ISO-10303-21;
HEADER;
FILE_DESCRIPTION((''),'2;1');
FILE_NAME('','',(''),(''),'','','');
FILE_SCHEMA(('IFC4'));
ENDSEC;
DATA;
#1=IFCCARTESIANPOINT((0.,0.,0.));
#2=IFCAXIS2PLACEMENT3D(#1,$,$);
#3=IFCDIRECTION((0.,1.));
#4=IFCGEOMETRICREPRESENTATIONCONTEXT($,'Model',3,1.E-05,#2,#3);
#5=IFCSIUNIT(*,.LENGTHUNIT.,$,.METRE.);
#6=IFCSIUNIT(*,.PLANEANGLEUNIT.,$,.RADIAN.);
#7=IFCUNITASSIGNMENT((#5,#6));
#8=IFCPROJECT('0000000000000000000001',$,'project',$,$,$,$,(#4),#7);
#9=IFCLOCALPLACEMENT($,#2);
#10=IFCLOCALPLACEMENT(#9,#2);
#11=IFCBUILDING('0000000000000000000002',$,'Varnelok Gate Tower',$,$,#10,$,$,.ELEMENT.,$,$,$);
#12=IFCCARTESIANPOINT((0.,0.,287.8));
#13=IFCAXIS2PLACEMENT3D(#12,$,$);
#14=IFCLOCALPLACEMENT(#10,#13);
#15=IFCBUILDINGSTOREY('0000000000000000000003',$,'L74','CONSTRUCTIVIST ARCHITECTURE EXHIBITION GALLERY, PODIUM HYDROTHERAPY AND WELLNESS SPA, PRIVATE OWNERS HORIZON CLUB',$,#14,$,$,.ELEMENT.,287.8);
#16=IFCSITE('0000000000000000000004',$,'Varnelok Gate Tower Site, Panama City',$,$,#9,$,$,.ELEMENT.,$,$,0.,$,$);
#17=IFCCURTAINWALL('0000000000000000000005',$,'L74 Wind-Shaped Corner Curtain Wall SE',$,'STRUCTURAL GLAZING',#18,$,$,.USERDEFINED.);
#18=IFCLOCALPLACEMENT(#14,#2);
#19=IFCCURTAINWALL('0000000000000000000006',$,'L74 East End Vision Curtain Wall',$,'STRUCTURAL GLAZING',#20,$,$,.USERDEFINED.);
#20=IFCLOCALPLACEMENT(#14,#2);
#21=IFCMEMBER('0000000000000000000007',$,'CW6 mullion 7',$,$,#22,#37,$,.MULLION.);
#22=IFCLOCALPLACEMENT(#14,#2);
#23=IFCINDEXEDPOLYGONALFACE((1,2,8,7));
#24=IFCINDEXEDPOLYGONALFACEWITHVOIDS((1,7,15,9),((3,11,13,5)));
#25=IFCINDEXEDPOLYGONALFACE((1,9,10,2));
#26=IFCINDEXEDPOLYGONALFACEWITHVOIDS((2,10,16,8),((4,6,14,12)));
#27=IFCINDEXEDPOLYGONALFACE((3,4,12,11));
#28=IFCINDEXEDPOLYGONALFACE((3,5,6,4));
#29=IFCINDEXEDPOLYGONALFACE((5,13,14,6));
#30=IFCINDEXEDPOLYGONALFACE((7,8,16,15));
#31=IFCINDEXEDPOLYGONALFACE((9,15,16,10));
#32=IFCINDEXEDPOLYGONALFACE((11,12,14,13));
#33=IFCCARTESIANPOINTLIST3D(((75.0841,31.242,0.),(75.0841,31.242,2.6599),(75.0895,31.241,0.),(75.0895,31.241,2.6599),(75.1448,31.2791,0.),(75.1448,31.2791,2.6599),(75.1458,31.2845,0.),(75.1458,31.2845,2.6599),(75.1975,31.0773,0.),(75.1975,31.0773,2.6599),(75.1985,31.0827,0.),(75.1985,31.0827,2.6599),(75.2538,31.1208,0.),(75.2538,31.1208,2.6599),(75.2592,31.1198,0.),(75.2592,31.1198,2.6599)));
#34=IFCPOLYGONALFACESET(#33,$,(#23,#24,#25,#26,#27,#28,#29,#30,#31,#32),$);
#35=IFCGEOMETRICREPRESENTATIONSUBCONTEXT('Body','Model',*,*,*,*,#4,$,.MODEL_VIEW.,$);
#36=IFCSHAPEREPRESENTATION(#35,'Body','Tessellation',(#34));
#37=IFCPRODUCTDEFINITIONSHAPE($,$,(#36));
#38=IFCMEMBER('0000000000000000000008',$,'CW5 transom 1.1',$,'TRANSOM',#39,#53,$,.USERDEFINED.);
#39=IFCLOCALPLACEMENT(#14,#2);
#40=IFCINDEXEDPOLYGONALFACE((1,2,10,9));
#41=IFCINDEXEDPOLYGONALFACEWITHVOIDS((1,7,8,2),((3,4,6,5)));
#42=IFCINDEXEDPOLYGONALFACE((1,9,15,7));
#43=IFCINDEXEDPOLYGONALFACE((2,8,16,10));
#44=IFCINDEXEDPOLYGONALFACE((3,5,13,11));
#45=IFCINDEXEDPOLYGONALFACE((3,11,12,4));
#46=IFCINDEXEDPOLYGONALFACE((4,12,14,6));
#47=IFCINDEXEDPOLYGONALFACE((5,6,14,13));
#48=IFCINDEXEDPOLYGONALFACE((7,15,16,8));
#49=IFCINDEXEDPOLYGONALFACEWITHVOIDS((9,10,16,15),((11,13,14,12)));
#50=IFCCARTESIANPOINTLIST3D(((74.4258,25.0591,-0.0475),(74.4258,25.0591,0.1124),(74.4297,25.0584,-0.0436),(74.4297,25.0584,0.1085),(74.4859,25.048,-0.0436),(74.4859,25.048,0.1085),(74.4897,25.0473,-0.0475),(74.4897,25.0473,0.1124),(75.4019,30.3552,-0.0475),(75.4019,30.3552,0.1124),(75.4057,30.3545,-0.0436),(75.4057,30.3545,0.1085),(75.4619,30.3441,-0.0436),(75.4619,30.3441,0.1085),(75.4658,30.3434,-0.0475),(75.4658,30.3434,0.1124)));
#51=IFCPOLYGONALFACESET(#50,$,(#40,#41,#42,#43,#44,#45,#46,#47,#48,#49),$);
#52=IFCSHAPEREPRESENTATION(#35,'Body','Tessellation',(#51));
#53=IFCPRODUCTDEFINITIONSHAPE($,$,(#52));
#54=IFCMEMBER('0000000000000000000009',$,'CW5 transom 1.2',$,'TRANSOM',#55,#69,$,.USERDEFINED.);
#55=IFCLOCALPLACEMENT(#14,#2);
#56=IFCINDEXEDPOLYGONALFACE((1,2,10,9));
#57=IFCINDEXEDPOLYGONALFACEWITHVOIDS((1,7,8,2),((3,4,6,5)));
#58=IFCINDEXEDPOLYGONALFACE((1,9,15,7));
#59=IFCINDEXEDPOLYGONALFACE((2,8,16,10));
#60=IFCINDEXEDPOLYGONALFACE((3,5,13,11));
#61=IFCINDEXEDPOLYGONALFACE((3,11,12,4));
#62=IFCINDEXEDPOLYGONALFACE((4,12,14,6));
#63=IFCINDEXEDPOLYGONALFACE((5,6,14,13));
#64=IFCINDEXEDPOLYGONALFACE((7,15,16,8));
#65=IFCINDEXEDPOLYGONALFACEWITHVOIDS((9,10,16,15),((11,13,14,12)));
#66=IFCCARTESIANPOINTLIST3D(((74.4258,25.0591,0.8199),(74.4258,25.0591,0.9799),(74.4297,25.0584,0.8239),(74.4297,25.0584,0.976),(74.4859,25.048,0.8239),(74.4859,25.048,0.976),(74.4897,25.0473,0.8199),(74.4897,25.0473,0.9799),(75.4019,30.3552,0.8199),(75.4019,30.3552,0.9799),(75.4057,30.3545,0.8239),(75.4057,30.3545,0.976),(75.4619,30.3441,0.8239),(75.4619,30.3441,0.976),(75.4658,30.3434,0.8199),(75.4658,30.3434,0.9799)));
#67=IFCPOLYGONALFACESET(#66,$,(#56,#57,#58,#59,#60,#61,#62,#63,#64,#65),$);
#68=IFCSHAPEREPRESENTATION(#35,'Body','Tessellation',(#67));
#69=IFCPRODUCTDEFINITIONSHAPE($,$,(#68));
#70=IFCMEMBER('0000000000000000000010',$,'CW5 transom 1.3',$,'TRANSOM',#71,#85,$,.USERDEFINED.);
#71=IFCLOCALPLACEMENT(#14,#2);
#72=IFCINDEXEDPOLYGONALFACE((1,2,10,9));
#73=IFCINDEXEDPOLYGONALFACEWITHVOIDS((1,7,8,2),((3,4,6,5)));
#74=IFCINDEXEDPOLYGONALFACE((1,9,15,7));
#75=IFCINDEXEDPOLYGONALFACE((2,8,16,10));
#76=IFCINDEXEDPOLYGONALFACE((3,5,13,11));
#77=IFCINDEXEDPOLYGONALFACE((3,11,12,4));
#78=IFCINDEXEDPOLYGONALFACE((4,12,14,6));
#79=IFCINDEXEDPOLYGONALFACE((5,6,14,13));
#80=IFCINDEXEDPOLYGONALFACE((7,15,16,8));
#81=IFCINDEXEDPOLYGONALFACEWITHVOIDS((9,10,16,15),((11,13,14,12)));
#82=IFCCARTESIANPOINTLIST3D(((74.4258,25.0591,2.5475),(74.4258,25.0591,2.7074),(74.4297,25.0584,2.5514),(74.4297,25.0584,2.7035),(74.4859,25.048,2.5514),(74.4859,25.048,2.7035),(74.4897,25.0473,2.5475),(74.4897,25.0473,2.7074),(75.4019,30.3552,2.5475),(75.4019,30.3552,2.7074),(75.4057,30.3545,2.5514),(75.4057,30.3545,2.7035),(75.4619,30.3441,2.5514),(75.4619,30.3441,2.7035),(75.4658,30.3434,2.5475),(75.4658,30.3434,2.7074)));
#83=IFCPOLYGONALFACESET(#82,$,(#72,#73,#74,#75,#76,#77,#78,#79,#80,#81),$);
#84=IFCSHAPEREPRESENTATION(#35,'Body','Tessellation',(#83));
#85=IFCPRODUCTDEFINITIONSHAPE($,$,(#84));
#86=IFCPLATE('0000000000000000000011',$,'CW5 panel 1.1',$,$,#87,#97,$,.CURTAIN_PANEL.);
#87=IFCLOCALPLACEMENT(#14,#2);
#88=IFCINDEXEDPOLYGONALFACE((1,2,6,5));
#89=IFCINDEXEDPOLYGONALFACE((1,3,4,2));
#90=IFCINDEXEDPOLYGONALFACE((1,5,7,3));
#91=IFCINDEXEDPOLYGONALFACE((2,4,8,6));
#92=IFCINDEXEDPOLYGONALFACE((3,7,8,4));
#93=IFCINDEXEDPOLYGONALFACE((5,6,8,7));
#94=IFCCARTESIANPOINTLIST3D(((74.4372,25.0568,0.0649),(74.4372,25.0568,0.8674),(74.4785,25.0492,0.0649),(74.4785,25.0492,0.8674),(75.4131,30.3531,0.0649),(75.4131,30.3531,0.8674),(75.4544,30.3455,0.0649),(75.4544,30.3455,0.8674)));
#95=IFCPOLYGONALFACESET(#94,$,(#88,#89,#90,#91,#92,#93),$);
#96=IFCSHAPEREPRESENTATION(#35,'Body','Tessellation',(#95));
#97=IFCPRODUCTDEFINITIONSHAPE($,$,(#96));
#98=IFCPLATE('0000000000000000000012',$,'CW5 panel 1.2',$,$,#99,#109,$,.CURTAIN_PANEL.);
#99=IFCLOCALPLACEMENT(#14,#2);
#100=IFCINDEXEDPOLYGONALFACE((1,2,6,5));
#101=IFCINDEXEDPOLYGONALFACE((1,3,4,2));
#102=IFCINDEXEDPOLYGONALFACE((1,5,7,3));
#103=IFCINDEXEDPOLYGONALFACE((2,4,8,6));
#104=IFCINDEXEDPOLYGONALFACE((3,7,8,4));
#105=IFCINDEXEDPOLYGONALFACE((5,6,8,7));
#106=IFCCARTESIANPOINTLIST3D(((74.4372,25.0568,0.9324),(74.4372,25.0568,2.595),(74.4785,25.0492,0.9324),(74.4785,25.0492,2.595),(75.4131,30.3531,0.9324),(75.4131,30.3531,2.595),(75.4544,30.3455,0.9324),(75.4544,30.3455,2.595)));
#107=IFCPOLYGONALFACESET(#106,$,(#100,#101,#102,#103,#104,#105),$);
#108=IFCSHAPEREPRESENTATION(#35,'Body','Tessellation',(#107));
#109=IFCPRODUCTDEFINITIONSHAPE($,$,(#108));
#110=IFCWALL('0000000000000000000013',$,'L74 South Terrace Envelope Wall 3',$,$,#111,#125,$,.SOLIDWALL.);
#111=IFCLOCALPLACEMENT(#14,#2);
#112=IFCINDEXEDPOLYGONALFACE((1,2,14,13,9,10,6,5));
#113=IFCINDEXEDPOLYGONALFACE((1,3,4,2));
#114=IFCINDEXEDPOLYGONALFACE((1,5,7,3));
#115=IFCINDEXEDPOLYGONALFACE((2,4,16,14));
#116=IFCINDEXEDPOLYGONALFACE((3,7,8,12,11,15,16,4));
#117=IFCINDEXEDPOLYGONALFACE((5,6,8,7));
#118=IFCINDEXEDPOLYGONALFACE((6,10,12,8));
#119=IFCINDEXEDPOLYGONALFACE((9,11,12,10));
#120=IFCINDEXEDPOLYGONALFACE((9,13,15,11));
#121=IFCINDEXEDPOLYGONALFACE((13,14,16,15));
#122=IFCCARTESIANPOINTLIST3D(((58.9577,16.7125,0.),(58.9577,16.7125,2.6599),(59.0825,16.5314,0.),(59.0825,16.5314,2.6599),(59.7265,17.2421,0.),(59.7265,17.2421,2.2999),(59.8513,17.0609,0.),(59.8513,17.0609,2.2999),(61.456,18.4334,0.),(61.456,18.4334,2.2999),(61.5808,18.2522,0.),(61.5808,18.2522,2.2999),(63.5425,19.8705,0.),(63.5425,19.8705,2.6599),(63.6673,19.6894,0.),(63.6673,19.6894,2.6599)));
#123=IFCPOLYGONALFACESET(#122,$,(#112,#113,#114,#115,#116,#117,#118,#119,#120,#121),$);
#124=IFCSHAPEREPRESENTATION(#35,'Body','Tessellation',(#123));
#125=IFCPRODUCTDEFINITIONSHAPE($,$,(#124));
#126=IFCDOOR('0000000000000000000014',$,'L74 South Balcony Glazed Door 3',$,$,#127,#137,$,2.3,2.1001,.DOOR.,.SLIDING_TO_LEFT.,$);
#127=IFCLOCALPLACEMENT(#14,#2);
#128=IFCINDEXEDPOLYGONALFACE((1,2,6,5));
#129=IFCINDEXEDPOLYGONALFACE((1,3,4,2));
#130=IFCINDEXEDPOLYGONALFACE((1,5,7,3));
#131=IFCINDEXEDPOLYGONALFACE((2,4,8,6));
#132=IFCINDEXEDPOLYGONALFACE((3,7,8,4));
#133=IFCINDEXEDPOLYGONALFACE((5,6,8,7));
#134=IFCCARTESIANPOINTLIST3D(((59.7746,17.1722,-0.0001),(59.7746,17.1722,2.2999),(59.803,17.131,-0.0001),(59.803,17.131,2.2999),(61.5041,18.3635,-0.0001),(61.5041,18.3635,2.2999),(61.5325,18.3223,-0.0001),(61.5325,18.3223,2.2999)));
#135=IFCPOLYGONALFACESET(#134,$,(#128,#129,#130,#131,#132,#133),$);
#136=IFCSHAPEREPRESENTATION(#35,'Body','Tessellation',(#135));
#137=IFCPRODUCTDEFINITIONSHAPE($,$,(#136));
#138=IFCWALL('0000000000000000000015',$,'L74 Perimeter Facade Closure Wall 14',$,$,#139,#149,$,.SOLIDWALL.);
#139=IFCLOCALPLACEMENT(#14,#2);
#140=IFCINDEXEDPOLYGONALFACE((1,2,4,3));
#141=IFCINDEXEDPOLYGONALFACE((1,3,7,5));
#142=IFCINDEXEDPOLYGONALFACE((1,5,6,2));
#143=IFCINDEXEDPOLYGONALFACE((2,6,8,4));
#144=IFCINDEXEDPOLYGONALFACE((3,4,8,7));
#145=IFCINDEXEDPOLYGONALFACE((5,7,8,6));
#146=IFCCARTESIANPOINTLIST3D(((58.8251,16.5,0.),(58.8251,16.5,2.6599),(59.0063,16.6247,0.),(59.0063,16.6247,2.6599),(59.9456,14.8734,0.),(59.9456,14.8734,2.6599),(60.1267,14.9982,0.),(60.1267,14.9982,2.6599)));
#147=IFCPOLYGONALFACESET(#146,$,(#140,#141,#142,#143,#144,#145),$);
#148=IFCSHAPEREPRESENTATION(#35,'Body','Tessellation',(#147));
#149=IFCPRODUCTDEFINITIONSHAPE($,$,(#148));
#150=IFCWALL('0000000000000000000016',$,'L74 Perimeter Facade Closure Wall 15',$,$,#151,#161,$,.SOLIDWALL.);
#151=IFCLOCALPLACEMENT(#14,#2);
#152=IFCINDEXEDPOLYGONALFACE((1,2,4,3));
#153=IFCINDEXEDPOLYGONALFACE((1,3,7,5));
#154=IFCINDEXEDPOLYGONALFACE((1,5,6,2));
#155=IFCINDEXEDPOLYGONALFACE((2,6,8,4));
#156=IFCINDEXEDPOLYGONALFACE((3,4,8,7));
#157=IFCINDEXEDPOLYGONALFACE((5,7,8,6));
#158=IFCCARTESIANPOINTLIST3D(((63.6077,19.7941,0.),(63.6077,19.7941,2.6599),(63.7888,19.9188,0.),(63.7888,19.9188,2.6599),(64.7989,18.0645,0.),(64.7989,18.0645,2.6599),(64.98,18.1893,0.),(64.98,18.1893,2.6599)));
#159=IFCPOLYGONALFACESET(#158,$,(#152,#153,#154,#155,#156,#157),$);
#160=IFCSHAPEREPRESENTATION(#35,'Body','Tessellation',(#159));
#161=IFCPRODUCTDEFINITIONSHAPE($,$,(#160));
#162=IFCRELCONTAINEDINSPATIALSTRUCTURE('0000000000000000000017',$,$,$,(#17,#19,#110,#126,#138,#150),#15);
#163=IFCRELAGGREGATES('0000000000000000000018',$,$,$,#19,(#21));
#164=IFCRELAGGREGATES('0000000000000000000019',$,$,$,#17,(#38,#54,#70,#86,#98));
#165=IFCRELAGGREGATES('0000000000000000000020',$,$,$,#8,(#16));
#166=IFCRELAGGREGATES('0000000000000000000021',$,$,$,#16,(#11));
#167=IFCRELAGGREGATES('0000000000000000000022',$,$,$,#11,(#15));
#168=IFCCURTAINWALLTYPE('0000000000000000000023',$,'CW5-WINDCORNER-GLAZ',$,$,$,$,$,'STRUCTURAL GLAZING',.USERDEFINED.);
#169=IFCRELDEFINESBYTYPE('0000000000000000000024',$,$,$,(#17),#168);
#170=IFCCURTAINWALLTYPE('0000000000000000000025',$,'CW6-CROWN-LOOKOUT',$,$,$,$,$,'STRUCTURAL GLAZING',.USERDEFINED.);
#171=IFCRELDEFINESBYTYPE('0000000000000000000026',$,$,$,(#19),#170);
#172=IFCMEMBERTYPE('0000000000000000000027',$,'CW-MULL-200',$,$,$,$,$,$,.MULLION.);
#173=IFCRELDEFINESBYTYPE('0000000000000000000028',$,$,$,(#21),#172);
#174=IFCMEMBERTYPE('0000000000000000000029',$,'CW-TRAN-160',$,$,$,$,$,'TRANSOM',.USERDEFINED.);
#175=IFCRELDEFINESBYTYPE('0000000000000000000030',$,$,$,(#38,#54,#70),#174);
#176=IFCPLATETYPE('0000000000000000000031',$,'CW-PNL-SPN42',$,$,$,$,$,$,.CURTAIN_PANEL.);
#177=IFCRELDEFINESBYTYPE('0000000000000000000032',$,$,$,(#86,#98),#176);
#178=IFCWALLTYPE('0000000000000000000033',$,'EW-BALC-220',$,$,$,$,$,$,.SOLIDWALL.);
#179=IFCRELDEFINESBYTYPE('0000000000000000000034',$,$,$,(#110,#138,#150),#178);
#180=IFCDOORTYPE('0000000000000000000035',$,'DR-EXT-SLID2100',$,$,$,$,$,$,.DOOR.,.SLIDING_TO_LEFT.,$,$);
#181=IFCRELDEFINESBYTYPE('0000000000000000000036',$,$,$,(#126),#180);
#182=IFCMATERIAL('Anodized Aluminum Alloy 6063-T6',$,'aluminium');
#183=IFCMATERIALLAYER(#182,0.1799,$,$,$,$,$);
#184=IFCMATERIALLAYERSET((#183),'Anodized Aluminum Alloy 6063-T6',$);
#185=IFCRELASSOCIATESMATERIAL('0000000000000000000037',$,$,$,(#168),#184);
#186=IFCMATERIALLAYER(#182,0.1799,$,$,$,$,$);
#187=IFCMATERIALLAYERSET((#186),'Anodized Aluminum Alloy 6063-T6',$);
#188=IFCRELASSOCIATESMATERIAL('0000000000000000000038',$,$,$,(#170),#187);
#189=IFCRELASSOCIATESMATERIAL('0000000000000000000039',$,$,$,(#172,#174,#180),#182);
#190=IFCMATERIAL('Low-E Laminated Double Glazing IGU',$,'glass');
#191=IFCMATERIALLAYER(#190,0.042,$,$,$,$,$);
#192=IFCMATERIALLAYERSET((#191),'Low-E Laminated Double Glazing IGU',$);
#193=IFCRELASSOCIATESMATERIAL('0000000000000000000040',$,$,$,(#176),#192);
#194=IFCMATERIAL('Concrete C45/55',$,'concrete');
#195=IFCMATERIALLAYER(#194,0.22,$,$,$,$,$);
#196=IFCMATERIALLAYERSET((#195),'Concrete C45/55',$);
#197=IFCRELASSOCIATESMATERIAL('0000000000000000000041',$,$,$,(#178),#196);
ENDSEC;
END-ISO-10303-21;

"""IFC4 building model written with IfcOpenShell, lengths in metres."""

from ifc_helpers import new_model, si_unit, direction, frame, frame_2d, origin, origin_2d, place, context, subcontext, project, spatial, rectangle, hollow_rectangle, extrude, source, transform, mapped, material, layer, layer_set, material_profile, profile_set, type_object, element, fill, aggregate, save


model = new_model("IFC4")

# Units and contexts
model_context = context("Model", 3, precision=1e-05, world=origin(), true_north=direction((0.0, 1.0)))
body_context = subcontext(model_context, "Body", "Model", "MODEL_VIEW")
ifc_project = project(units=[si_unit("LENGTHUNIT", "METRE"), si_unit("PLANEANGLEUNIT", "RADIAN")], contexts=[model_context])

# Site, building, storey
site_placement = place(None, origin())
site = spatial("IfcSite", under=ifc_project, at=site_placement, Name="Varnelok Gate Tower Site, Panama City", CompositionType="ELEMENT", RefElevation=0.0)
building_placement = place(site_placement, origin())
building = spatial("IfcBuilding", under=site, at=building_placement, Name="Varnelok Gate Tower", CompositionType="ELEMENT")
storey_placement = place(building_placement, frame((0.0, 0.0, 287.8)))
storey = spatial("IfcBuildingStorey", under=building, at=storey_placement, Name="L74", Description="CONSTRUCTIVIST ARCHITECTURE EXHIBITION GALLERY, PODIUM HYDROTHERAPY AND WELLNESS SPA, PRIVATE OWNERS HORIZON CLUB", CompositionType="ELEMENT", Elevation=287.8)

# Curtain wall
ifc_material_1 = material(Name="Anodized Aluminum Alloy 6063-T6", Category="aluminium")
ifc_layer_1 = layer(ifc_material_1, 0.1799)
ifc_layer_set_1 = layer_set([ifc_layer_1], Name="Anodized Aluminum Alloy 6063-T6")
curtain_wall_type_1 = type_object("IfcCurtainWallType", Name="CW5-WINDCORNER-GLAZ", ElementType="STRUCTURAL GLAZING", PredefinedType="USERDEFINED", material=ifc_layer_set_1)
curtain_wall_1_placement = place(storey_placement, origin())
curtain_wall_1 = element("IfcCurtainWall", 1, at=curtain_wall_1_placement, inside=storey, type_object=curtain_wall_type_1, Name="L74 Wind-Shaped Corner Curtain Wall SE", ObjectType="STRUCTURAL GLAZING", PredefinedType="USERDEFINED")

# Curtain wall, member
ifc_layer_2 = layer(ifc_material_1, 0.1799)
ifc_layer_set_2 = layer_set([ifc_layer_2], Name="Anodized Aluminum Alloy 6063-T6")
curtain_wall_type_2 = type_object("IfcCurtainWallType", Name="CW6-CROWN-LOOKOUT", ElementType="STRUCTURAL GLAZING", PredefinedType="USERDEFINED", material=ifc_layer_set_2)
curtain_wall_2_placement = place(storey_placement, origin())
curtain_wall_2 = element("IfcCurtainWall", 2, at=curtain_wall_2_placement, inside=storey, type_object=curtain_wall_type_2, Name="L74 East End Vision Curtain Wall", ObjectType="STRUCTURAL GLAZING", PredefinedType="USERDEFINED")
ifc_material_profile_1 = material_profile(ifc_material_1, hollow_rectangle(XDim=0.075, YDim=0.2, WallThickness=0.0039, at=origin_2d()), Name="ALU200X75X4")
ifc_profile_set_1 = profile_set([ifc_material_profile_1], Name="Anodized Aluminum Alloy 6063-T6")
member_type_1 = type_object("IfcMemberType", Name="CW-MULL-200", PredefinedType="MULLION", material=ifc_profile_set_1)
member_1_placement = place(storey_placement, frame((75.1716, 31.1809, 0.0), z_axis=(0.0, 0.0, 1.0), x_axis=(0.823532, 0.567269, 0.0)))
member_1 = element("IfcMember", 3, at=member_1_placement, type_object=member_type_1, Name="CW6 mullion 7", PredefinedType="MULLION", context=body_context, shape_type="SweptSolid", body=[
    extrude(hollow_rectangle(XDim=0.075, YDim=0.2, WallThickness=0.0039, at=origin_2d()), origin(), (0.0, 0.0, 1.0), 2.6599),
])
aggregate(curtain_wall_2, [member_1])

# Members
ifc_material_profile_2 = material_profile(ifc_material_1, hollow_rectangle(XDim=0.0649, YDim=0.1599, WallThickness=0.0039, at=origin_2d()), Name="ALU160X65X4")
ifc_profile_set_2 = profile_set([ifc_material_profile_2], Name="Anodized Aluminum Alloy 6063-T6")
member_type_2 = type_object("IfcMemberType", Name="CW-TRAN-160", ElementType="TRANSOM", PredefinedType="USERDEFINED", material=ifc_profile_set_2)
member_2_placement = place(storey_placement, frame((74.4578, 25.0532, 0.0325), z_axis=(0.181247, 0.983438, 0.0), x_axis=(-0.983438, 0.181247, 0.0)))
member_2 = element("IfcMember", 4, at=member_2_placement, type_object=member_type_2, Name="CW5 transom 1.1", ObjectType="TRANSOM", PredefinedType="USERDEFINED", context=body_context, shape_type="SweptSolid", body=[
    extrude(hollow_rectangle(XDim=0.0649, YDim=0.1599, WallThickness=0.0039, at=origin_2d()), origin(), (0.0, 0.0, 1.0), 5.3853),
])
member_3_placement = place(storey_placement, frame((74.4578, 25.0532, 0.8999), z_axis=(0.181247, 0.983438, 0.0), x_axis=(-0.983438, 0.181247, 0.0)))
member_3 = element("IfcMember", 5, at=member_3_placement, type_object=member_type_2, Name="CW5 transom 1.2", ObjectType="TRANSOM", PredefinedType="USERDEFINED", context=body_context, shape_type="SweptSolid", body=[
    extrude(hollow_rectangle(XDim=0.0649, YDim=0.1599, WallThickness=0.0039, at=origin_2d()), origin(), (0.0, 0.0, 1.0), 5.3853),
])
member_4_placement = place(storey_placement, frame((74.4578, 25.0532, 2.6274), z_axis=(0.181247, 0.983438, 0.0), x_axis=(-0.983438, 0.181247, 0.0)))
member_4 = element("IfcMember", 6, at=member_4_placement, type_object=member_type_2, Name="CW5 transom 1.3", ObjectType="TRANSOM", PredefinedType="USERDEFINED", context=body_context, shape_type="SweptSolid", body=[
    extrude(hollow_rectangle(XDim=0.0649, YDim=0.1599, WallThickness=0.0039, at=origin_2d()), origin(), (0.0, 0.0, 1.0), 5.3853),
])

# Plates
ifc_material_2 = material(Name="Low-E Laminated Double Glazing IGU", Category="glass")
ifc_layer_3 = layer(ifc_material_2, 0.042)
ifc_layer_set_3 = layer_set([ifc_layer_3], Name="Low-E Laminated Double Glazing IGU")
plate_type = type_object("IfcPlateType", Name="CW-PNL-SPN42", PredefinedType="CURTAIN_PANEL", material=ifc_layer_set_3)
shared_shape_1 = source(origin(), body_context, "Body", "SweptSolid", [
    extrude(rectangle(XDim=5.3855, YDim=0.042, at=origin_2d()), origin(), (0.0, 0.0, 1.0), 0.8025),
])
plate_1_placement = place(storey_placement, frame((74.9458, 27.7012, 0.0649), z_axis=(0.0, 0.0, 1.0), x_axis=(0.181202, 0.983446, 0.0)))
plate_1 = element("IfcPlate", 7, at=plate_1_placement, type_object=plate_type, Name="CW5 panel 1.1", PredefinedType="CURTAIN_PANEL", context=body_context, shape_type="MappedRepresentation", body=[
    mapped(shared_shape_1, transform((0.0, 0.0, 0.0), scale=1.0)),
])
shared_shape_2 = source(origin(), body_context, "Body", "SweptSolid", [
    extrude(rectangle(XDim=5.3855, YDim=0.042, at=origin_2d()), origin(), (0.0, 0.0, 1.0), 1.6626),
])
plate_2_placement = place(storey_placement, frame((74.9458, 27.7012, 0.9324), z_axis=(0.0, 0.0, 1.0), x_axis=(0.181202, 0.983446, 0.0)))
plate_2 = element("IfcPlate", 8, at=plate_2_placement, type_object=plate_type, Name="CW5 panel 1.2", PredefinedType="CURTAIN_PANEL", context=body_context, shape_type="MappedRepresentation", body=[
    mapped(shared_shape_2, transform((0.0, 0.0, 0.0), scale=1.0)),
])
aggregate(curtain_wall_1, [member_2, member_3, member_4, plate_1, plate_2])

# Wall, opening, door
ifc_material_3 = material(Name="Concrete C45/55", Category="concrete")
ifc_layer_4 = layer(ifc_material_3, 0.22)
ifc_layer_set_4 = layer_set([ifc_layer_4], Name="Concrete C45/55")
wall_type = type_object("IfcWallType", Name="EW-BALC-220", PredefinedType="SOLIDWALL", material=ifc_layer_set_4)
wall_1_placement = place(storey_placement, frame((63.605, 19.78, 0.0), z_axis=(0.0, 0.0, 1.0), x_axis=(-0.823541, -0.567256, 0.0)))
wall_1 = element("IfcWall", 9, at=wall_1_placement, inside=storey, type_object=wall_type, Name="L74 South Terrace Envelope Wall 3", PredefinedType="SOLIDWALL", context=body_context, shape_type="SweptSolid", body=[
    extrude(rectangle(XDim=5.5671, YDim=0.22, at=frame_2d((2.7837, 0.0))), origin(), (0.0, 0.0, 1.0), 2.6599),
])
opening_1_placement = place(wall_1_placement, frame((2.5337, 0.0, 0.0)))
opening_1 = element("IfcOpeningElement", 10, at=opening_1_placement, cuts=wall_1, PredefinedType="OPENING", context=body_context, shape_type="SweptSolid", body=[
    extrude(rectangle(XDim=2.1001, YDim=2.3, at=frame_2d((1.05, 1.1499))), frame((0.0, 0.1199, 0.0), z_axis=(0.0, -1.0, 0.0), x_axis=(1.0, 0.0, 0.0)), (0.0, 0.0, 1.0), 0.24),
])
door_type = type_object("IfcDoorType", Name="DR-EXT-SLID2100", OperationType="SLIDING_TO_LEFT", PredefinedType="DOOR", material=ifc_material_1)
door_placement = place(opening_1_placement, origin())
door = element("IfcDoor", 11, at=door_placement, inside=storey, type_object=door_type, Name="L74 South Balcony Glazed Door 3", OperationType="SLIDING_TO_LEFT", OverallHeight=2.3, OverallWidth=2.1001, PredefinedType="DOOR", context=body_context, shape_type="SweptSolid", body=[
    extrude(rectangle(XDim=2.1001, YDim=2.3, at=frame_2d((1.05, 1.1499))), frame((0.0, 0.0249, 0.0), z_axis=(0.0, -1.0, 0.0), x_axis=(1.0, 0.0, 0.0)), (0.0, 0.0, 1.0), 0.05),
])
fill(opening_1, door)

# Walls
wall_2_placement = place(storey_placement, frame((60.0361, 14.9358, 0.0), z_axis=(0.0, 0.0, 1.0), x_axis=(-0.567274, 0.823529, 0.0)))
element("IfcWall", 12, at=wall_2_placement, inside=storey, type_object=wall_type, Name="L74 Perimeter Facade Closure Wall 14", PredefinedType="SOLIDWALL", context=body_context, shape_type="SweptSolid", body=[
    extrude(rectangle(XDim=1.9751, YDim=0.22, at=frame_2d((0.9875, 0.0))), origin(), (0.0, 0.0, 1.0), 2.6599),
])
wall_3_placement = place(storey_placement, frame((63.6982, 19.8564, 0.0), z_axis=(0.0, 0.0, 1.0), x_axis=(0.567219, -0.823567, 0.0)))
element("IfcWall", 13, at=wall_3_placement, inside=storey, type_object=wall_type, Name="L74 Perimeter Facade Closure Wall 15", PredefinedType="SOLIDWALL", context=body_context, shape_type="SweptSolid", body=[
    extrude(rectangle(XDim=2.1001, YDim=0.22, at=frame_2d((1.05, 0.0))), origin(), (0.0, 0.0, 1.0), 2.6599),
])

save(model, "model.ifc")
